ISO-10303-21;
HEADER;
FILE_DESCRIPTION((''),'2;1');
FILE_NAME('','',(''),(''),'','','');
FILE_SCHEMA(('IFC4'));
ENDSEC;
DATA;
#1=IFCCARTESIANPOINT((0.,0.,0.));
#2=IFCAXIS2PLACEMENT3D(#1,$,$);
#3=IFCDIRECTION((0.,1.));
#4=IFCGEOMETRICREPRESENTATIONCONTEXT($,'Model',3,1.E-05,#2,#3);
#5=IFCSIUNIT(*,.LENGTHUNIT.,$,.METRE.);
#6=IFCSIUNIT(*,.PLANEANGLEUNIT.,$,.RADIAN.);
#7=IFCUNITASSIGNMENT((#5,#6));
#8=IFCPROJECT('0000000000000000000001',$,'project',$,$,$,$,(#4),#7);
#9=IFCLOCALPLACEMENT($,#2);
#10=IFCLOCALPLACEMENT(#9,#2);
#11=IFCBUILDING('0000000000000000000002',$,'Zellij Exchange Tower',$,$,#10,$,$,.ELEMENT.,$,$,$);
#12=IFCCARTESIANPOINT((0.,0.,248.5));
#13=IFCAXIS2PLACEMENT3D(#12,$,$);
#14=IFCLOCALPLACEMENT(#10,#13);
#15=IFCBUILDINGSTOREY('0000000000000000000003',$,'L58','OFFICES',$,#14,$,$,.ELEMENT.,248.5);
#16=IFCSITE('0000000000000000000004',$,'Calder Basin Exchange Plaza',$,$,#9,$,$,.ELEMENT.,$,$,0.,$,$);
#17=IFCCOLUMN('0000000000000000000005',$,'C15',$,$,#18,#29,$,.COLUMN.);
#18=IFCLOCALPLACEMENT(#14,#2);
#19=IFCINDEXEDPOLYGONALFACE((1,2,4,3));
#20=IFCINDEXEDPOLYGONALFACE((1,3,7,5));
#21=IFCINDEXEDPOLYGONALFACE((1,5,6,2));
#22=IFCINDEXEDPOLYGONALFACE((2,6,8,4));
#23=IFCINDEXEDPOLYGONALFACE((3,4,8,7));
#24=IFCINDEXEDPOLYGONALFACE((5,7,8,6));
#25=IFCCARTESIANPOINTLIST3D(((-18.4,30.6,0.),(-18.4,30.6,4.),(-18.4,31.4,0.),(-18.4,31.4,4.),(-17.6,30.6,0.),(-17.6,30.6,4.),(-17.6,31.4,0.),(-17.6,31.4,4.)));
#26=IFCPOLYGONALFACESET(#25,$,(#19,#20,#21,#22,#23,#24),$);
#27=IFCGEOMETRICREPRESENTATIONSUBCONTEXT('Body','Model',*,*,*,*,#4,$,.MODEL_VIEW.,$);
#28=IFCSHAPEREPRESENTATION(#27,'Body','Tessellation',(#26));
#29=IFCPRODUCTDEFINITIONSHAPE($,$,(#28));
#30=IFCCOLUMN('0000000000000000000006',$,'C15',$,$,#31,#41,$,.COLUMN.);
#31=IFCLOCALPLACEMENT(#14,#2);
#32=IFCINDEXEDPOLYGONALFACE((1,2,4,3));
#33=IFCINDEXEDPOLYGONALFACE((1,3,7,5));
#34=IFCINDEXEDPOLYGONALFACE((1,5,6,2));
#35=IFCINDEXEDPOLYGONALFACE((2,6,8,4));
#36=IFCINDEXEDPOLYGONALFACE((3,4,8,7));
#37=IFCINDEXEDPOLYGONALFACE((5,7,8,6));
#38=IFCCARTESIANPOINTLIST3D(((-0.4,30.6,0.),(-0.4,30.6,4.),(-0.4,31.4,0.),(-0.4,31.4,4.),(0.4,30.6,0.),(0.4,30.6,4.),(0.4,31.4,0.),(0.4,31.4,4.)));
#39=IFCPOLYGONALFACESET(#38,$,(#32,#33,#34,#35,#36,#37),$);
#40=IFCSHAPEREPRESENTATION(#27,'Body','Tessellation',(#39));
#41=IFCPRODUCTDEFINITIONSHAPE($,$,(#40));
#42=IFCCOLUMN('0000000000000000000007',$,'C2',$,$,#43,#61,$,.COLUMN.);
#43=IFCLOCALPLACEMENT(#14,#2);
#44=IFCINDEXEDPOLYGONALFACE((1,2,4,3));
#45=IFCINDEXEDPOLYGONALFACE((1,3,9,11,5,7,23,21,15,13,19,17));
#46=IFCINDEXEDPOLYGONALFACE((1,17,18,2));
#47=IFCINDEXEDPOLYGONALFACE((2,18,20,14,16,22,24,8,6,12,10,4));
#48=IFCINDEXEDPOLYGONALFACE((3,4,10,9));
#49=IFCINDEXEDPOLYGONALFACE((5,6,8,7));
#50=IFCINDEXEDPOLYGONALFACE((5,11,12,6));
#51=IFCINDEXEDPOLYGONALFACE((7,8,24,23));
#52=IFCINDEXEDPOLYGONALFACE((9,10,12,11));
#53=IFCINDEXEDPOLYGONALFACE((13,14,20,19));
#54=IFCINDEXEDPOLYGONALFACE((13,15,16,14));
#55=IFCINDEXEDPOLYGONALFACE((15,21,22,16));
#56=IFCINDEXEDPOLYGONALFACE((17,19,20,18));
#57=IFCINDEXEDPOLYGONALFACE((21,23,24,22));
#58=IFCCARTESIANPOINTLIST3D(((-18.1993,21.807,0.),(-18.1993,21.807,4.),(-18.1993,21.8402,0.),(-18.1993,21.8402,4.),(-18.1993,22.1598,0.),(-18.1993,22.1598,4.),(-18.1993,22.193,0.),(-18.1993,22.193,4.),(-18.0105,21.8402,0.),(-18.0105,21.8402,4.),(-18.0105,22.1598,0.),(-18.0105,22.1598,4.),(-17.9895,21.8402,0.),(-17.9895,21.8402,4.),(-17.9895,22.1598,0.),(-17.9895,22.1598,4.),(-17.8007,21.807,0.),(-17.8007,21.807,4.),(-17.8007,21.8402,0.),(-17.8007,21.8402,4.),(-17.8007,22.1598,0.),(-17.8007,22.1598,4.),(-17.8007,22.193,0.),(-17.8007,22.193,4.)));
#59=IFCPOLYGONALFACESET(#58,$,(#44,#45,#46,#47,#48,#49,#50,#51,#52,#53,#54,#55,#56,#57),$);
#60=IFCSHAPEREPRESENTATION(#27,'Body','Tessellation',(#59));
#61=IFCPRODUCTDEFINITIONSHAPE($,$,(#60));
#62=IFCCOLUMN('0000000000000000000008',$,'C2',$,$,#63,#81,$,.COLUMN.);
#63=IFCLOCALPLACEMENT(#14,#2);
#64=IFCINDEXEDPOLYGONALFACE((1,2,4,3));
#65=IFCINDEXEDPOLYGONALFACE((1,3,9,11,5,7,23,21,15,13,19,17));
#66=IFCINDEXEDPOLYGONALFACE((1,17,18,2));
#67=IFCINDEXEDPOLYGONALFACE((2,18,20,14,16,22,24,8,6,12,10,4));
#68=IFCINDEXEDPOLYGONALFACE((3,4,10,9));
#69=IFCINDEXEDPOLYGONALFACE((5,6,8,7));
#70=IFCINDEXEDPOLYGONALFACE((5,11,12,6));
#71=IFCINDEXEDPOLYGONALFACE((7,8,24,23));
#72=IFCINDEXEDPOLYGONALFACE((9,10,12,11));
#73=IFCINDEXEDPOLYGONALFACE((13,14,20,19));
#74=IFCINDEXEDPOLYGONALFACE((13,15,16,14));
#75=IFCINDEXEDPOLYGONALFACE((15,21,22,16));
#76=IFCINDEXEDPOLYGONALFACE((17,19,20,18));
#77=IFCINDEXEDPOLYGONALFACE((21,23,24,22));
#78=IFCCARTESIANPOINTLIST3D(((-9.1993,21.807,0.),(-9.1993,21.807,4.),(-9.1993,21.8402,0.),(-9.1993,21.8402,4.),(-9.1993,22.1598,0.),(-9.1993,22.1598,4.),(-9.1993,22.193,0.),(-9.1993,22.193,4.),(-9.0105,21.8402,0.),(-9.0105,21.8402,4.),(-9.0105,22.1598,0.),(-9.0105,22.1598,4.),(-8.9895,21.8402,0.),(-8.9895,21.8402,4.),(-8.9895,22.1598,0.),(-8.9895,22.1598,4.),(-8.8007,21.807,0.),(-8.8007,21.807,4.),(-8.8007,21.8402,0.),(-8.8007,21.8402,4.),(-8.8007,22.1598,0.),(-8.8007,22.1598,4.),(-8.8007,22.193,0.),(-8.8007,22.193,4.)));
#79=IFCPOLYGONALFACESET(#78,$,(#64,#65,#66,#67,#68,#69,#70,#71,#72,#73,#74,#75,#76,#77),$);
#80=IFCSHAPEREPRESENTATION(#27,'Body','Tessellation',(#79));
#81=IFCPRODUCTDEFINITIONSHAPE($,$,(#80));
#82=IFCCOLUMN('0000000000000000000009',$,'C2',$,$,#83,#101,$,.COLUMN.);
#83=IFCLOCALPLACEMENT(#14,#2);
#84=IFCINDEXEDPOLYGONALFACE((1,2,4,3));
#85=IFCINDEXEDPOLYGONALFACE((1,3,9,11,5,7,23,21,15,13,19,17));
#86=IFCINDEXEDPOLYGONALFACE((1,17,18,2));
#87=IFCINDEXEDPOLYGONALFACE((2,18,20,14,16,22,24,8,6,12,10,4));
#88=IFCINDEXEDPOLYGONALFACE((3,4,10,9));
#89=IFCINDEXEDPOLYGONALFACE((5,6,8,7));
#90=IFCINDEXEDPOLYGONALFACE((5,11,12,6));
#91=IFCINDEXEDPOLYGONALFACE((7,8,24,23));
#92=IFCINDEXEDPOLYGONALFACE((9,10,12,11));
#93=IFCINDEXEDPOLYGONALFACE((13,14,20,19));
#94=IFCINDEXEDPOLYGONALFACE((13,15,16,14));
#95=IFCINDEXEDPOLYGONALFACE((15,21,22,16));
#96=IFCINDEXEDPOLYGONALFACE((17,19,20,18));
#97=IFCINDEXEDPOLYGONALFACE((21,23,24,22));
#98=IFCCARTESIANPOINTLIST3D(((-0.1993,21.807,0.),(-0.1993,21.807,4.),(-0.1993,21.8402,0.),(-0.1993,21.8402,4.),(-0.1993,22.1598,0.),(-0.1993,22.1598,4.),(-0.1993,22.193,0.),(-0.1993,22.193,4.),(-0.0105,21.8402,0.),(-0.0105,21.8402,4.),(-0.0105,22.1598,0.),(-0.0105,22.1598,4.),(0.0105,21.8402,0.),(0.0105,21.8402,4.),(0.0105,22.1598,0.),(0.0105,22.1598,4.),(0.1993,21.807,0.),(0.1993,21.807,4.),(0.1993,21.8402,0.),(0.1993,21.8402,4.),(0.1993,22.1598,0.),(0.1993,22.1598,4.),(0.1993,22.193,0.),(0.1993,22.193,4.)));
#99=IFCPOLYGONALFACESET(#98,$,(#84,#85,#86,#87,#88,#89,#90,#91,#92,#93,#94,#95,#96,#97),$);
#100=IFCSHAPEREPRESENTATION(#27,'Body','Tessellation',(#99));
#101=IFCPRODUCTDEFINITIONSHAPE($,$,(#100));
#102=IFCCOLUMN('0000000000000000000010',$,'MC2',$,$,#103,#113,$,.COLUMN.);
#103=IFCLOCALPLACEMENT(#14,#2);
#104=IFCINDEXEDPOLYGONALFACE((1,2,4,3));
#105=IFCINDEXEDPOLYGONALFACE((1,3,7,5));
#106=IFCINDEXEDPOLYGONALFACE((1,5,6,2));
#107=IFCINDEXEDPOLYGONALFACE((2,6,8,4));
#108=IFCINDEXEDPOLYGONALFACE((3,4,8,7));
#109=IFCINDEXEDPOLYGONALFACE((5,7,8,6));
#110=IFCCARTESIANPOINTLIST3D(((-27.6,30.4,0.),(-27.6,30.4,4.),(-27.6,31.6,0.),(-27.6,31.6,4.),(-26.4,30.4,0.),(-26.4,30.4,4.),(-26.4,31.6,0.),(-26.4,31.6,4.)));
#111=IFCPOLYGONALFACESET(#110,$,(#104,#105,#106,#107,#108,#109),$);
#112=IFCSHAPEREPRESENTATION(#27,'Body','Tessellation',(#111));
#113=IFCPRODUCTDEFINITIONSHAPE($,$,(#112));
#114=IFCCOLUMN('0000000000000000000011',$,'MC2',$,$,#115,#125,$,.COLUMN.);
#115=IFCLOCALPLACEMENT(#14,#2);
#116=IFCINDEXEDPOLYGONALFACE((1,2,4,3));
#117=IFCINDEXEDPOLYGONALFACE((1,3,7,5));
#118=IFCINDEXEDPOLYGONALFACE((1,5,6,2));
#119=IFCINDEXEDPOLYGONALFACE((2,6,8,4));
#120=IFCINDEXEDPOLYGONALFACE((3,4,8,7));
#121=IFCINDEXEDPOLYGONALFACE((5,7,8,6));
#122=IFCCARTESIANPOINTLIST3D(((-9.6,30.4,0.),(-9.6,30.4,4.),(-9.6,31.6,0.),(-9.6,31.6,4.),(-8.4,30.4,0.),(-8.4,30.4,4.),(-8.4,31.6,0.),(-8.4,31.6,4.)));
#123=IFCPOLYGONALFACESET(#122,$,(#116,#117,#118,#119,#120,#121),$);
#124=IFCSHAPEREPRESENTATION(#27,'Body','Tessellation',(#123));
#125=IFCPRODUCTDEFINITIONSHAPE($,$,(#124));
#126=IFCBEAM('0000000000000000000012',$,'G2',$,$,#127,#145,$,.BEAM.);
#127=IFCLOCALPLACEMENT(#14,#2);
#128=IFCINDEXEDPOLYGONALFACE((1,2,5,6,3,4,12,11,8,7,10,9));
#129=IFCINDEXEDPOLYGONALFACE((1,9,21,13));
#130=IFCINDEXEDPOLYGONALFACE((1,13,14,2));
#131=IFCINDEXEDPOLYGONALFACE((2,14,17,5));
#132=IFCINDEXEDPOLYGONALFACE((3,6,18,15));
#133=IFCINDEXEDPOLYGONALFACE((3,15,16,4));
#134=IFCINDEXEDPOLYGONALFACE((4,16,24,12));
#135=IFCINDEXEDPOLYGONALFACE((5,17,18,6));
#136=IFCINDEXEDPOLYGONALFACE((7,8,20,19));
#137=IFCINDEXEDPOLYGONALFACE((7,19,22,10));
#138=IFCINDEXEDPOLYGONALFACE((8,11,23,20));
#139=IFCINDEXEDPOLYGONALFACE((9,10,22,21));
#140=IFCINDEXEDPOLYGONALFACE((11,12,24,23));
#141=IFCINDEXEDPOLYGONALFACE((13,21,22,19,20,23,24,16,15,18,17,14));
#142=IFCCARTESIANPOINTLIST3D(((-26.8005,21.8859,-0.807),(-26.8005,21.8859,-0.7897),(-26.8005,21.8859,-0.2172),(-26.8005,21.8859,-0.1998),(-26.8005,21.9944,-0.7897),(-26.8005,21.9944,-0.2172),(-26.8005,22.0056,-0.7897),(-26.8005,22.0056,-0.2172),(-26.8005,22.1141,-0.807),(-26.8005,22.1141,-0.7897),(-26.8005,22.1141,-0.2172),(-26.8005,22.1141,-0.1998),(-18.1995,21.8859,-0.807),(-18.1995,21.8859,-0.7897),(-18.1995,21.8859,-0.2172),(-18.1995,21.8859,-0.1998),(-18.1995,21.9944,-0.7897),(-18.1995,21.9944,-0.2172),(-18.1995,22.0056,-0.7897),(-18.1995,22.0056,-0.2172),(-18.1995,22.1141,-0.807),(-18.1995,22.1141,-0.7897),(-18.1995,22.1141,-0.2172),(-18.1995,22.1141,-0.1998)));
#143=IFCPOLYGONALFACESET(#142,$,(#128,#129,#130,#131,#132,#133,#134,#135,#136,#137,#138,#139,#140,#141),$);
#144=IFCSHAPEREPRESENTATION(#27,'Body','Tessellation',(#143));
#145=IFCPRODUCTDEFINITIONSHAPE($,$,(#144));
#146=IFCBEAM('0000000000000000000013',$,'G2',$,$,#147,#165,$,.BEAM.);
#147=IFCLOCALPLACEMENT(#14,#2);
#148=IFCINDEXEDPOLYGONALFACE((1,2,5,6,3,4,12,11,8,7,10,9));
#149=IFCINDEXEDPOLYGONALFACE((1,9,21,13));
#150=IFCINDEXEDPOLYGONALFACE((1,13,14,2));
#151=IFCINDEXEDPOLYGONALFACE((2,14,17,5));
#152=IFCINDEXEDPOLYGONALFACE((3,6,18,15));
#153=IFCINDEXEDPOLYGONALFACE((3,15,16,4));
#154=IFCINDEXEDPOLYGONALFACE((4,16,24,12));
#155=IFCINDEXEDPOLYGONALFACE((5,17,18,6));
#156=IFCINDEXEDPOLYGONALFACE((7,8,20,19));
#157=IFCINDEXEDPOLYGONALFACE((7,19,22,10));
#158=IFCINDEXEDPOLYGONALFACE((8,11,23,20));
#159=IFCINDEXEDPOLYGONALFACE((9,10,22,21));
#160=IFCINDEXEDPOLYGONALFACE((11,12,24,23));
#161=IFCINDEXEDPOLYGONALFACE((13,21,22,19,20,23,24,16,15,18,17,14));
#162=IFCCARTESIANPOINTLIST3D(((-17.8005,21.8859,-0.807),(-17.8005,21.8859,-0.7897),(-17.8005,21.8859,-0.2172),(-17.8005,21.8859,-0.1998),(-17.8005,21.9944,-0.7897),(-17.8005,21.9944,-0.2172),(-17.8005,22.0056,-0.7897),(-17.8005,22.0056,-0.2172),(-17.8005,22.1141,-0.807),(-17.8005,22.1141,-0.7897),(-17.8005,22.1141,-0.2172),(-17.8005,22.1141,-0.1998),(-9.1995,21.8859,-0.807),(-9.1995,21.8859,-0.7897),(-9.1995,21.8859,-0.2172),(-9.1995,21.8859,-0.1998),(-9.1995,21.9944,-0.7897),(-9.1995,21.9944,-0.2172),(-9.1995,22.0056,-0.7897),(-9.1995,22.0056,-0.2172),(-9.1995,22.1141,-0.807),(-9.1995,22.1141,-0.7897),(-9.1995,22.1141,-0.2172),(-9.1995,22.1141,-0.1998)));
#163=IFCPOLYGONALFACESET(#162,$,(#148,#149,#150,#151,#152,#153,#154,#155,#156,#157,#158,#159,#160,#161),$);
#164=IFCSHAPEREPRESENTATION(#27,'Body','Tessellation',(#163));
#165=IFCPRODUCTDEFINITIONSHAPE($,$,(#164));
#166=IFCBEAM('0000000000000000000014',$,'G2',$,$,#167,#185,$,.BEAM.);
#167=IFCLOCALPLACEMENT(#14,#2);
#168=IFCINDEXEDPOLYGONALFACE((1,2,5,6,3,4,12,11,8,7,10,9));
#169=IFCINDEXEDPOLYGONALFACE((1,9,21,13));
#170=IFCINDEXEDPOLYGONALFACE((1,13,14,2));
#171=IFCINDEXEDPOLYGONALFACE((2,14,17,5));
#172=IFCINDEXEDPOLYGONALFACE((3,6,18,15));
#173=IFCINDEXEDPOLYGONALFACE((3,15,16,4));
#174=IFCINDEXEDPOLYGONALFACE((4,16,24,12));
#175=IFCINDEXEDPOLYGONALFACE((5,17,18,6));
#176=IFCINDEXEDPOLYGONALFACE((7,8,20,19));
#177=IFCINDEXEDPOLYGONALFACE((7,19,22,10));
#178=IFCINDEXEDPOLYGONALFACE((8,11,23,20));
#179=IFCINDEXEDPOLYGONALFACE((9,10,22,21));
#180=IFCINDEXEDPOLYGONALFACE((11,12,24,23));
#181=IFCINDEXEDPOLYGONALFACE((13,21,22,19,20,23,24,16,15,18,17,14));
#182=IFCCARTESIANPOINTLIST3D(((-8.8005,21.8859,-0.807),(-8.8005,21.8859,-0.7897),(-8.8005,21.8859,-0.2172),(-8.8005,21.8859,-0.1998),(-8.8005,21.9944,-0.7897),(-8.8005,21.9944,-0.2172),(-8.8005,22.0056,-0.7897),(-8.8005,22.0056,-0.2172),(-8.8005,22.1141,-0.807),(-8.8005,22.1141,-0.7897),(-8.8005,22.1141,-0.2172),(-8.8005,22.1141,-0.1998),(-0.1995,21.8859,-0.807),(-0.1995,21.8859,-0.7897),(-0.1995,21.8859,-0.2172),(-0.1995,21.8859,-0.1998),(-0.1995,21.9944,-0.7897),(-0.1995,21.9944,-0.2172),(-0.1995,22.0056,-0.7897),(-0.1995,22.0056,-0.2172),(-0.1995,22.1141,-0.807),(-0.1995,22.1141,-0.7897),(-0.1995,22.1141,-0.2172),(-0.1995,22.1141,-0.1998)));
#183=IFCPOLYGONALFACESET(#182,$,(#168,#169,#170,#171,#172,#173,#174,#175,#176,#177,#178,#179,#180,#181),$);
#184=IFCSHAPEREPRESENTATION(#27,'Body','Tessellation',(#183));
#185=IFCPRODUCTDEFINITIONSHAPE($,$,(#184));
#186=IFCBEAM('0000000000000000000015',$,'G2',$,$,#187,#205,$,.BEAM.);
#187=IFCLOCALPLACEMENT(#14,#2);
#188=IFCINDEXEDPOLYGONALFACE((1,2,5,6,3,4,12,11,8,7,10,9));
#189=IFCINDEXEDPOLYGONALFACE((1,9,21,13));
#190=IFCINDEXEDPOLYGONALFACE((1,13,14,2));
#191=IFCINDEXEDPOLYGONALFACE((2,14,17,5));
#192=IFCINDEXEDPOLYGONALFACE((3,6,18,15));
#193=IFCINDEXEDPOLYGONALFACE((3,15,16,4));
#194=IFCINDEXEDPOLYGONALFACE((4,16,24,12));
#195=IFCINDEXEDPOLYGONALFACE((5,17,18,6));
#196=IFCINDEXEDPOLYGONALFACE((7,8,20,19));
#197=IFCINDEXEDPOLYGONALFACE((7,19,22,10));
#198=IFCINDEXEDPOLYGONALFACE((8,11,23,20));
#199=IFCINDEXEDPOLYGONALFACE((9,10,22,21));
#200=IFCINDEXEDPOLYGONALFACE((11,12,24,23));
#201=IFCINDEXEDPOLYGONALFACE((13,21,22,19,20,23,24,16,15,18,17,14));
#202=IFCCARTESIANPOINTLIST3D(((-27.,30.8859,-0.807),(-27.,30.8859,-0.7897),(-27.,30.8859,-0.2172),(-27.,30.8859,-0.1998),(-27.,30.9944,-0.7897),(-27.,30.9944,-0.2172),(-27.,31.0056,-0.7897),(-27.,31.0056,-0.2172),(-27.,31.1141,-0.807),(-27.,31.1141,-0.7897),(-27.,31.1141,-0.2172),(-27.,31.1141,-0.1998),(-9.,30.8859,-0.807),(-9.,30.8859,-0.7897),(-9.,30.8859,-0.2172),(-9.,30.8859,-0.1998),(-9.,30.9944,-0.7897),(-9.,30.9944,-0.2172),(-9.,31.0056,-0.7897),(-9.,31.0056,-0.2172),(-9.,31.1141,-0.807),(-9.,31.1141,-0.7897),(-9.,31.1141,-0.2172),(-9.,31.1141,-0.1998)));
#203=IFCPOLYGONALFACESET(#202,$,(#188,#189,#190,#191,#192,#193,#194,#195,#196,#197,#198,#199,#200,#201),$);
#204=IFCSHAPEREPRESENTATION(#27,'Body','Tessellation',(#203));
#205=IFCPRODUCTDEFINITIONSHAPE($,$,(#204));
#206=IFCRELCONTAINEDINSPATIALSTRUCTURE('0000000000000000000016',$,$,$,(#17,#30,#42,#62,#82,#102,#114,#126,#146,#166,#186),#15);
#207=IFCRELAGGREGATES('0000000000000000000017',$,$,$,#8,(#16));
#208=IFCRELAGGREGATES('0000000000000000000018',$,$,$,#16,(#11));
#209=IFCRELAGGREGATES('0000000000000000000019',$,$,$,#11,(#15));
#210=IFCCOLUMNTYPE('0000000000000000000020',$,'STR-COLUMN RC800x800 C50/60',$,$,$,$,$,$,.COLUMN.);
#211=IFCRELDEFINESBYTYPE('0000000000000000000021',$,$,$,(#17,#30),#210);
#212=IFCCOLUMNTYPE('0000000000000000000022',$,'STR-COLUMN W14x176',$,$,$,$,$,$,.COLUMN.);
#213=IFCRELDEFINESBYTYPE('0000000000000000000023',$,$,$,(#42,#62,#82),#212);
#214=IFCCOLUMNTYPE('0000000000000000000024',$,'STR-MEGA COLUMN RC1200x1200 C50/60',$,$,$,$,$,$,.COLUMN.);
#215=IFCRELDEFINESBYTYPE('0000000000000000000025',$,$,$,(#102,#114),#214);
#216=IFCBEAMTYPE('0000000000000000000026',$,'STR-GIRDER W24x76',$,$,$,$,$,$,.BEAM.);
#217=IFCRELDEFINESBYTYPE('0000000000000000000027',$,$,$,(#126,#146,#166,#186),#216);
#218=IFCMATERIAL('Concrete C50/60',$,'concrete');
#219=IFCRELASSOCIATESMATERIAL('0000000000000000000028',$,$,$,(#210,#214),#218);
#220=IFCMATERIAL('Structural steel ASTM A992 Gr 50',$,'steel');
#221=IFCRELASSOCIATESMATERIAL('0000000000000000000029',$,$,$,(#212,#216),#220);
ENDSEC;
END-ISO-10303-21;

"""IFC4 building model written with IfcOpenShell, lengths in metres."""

from ifc_helpers import new_model, si_unit, direction, frame, origin, origin_2d, place, context, subcontext, project, spatial, rectangle, i_section, extrude, material, material_profile, profile_set, type_object, element, save


model = new_model("IFC4")

# Units and contexts
model_context = context("Model", 3, precision=1e-05, world=origin(), true_north=direction((0.0, 1.0)))
body_context = subcontext(model_context, "Body", "Model", "MODEL_VIEW")
ifc_project = project(units=[si_unit("LENGTHUNIT", "METRE"), si_unit("PLANEANGLEUNIT", "RADIAN")], contexts=[model_context])

# Site, building, storey
site_placement = place(None, origin())
site = spatial("IfcSite", under=ifc_project, at=site_placement, Name="Calder Basin Exchange Plaza", CompositionType="ELEMENT", RefElevation=0.0)
building_placement = place(site_placement, origin())
building = spatial("IfcBuilding", under=site, at=building_placement, Name="Zellij Exchange Tower", CompositionType="ELEMENT")
storey_placement = place(building_placement, frame((0.0, 0.0, 248.5)))
storey = spatial("IfcBuildingStorey", under=building, at=storey_placement, Name="L58", Description="OFFICES", CompositionType="ELEMENT", Elevation=248.5)

# Columns
ifc_material_1 = material(Name="Concrete C50/60", Category="concrete")
ifc_material_profile_1 = material_profile(ifc_material_1, rectangle(XDim=0.8, YDim=0.8, at=origin_2d()), Name="STR-COLUMN RC800x800 C50/60")
ifc_profile_set_1 = profile_set([ifc_material_profile_1], Name="Concrete C50/60")
column_type_1 = type_object("IfcColumnType", Name="STR-COLUMN RC800x800 C50/60", PredefinedType="COLUMN", material=ifc_profile_set_1)
for number, where, z_axis, x_axis, name in (
    (1, (-18.0, 31.0, 0.0), (0.0, 0.0, 1.0), (1.0, 0.0, 0.0), "C15"),
    (2, (0.0, 31.0, 0.0), (0.0, 0.0, 1.0), (1.0, 0.0, 0.0), "C15"),
):
    element("IfcColumn", number, at=place(storey_placement, frame(where, z_axis=z_axis, x_axis=x_axis)), inside=storey, type_object=column_type_1, Name=name, PredefinedType="COLUMN", context=body_context, shape_type="SweptSolid", body=[
        extrude(rectangle(XDim=0.8, YDim=0.8, at=origin_2d()), origin(), (0.0, 0.0, 1.0), 4.0),
    ])
ifc_material_2 = material(Name="Structural steel ASTM A992 Gr 50", Category="steel")
ifc_material_profile_2 = material_profile(ifc_material_2, i_section(OverallWidth=0.3987, OverallDepth=0.386, WebThickness=0.021, FlangeThickness=0.0332, at=origin_2d()), Name="W14x176")
ifc_profile_set_2 = profile_set([ifc_material_profile_2], Name="Structural steel ASTM A992 Gr 50")
column_type_2 = type_object("IfcColumnType", Name="STR-COLUMN W14x176", PredefinedType="COLUMN", material=ifc_profile_set_2)
for number, where, z_axis, x_axis, name in (
    (3, (-18.0, 22.0, 0.0), (0.0, 0.0, 1.0), (1.0, 0.0, 0.0), "C2"),
    (4, (-9.0, 22.0, 0.0), (0.0, 0.0, 1.0), (1.0, 0.0, 0.0), "C2"),
    (5, (0.0, 22.0, 0.0), (0.0, 0.0, 1.0), (1.0, 0.0, 0.0), "C2"),
):
    element("IfcColumn", number, at=place(storey_placement, frame(where, z_axis=z_axis, x_axis=x_axis)), inside=storey, type_object=column_type_2, Name=name, PredefinedType="COLUMN", context=body_context, shape_type="SweptSolid", body=[
        extrude(i_section(OverallWidth=0.3987, OverallDepth=0.386, WebThickness=0.021, FlangeThickness=0.0332, at=origin_2d()), origin(), (0.0, 0.0, 1.0), 4.0),
    ])
ifc_material_profile_3 = material_profile(ifc_material_1, rectangle(XDim=1.2, YDim=1.2, at=origin_2d()), Name="STR-MEGA COLUMN RC1200x1200 C50/60")
ifc_profile_set_3 = profile_set([ifc_material_profile_3], Name="Concrete C50/60")
column_type_3 = type_object("IfcColumnType", Name="STR-MEGA COLUMN RC1200x1200 C50/60", PredefinedType="COLUMN", material=ifc_profile_set_3)
for number, where, z_axis, x_axis, name in (
    (6, (-27.0, 31.0, 0.0), (0.0, 0.0, 1.0), (1.0, 0.0, 0.0), "MC2"),
    (7, (-9.0, 31.0, 0.0), (0.0, 0.0, 1.0), (1.0, 0.0, 0.0), "MC2"),
):
    element("IfcColumn", number, at=place(storey_placement, frame(where, z_axis=z_axis, x_axis=x_axis)), inside=storey, type_object=column_type_3, Name=name, PredefinedType="COLUMN", context=body_context, shape_type="SweptSolid", body=[
        extrude(rectangle(XDim=1.2, YDim=1.2, at=origin_2d()), origin(), (0.0, 0.0, 1.0), 4.0),
    ])

# Beams
ifc_material_profile_4 = material_profile(ifc_material_2, i_section(OverallWidth=0.2283, OverallDepth=0.6072, WebThickness=0.0112, FlangeThickness=0.0173, at=origin_2d()), Name="W24x76")
ifc_profile_set_4 = profile_set([ifc_material_profile_4], Name="Structural steel ASTM A992 Gr 50")
beam_type = type_object("IfcBeamType", Name="STR-GIRDER W24x76", PredefinedType="BEAM", material=ifc_profile_set_4)
for number, where, z_axis, x_axis, name in (
    (8, (-26.8005, 22.0, -0.5034), (1.0, 0.0, 0.0), (0.0, 1.0, 0.0), "G2"),
    (9, (-17.8005, 22.0, -0.5034), (1.0, 0.0, 0.0), (0.0, 1.0, 0.0), "G2"),
    (10, (-8.8005, 22.0, -0.5034), (1.0, 0.0, 0.0), (0.0, 1.0, 0.0), "G2"),
):
    element("IfcBeam", number, at=place(storey_placement, frame(where, z_axis=z_axis, x_axis=x_axis)), inside=storey, type_object=beam_type, Name=name, PredefinedType="BEAM", context=body_context, shape_type="SweptSolid", body=[
        extrude(i_section(OverallWidth=0.2283, OverallDepth=0.6072, WebThickness=0.0112, FlangeThickness=0.0173, at=origin_2d()), origin(), (0.0, 0.0, 1.0), 8.6011),
    ])
for number, where, z_axis, x_axis, name in (
    (11, (-27.0, 31.0, -0.5034), (1.0, 0.0, 0.0), (0.0, 1.0, 0.0), "G2"),
):
    element("IfcBeam", number, at=place(storey_placement, frame(where, z_axis=z_axis, x_axis=x_axis)), inside=storey, type_object=beam_type, Name=name, PredefinedType="BEAM", context=body_context, shape_type="SweptSolid", body=[
        extrude(i_section(OverallWidth=0.2283, OverallDepth=0.6072, WebThickness=0.0112, FlangeThickness=0.0173, at=origin_2d()), origin(), (0.0, 0.0, 1.0), 18.0),
    ])

save(model, "model.ifc")
